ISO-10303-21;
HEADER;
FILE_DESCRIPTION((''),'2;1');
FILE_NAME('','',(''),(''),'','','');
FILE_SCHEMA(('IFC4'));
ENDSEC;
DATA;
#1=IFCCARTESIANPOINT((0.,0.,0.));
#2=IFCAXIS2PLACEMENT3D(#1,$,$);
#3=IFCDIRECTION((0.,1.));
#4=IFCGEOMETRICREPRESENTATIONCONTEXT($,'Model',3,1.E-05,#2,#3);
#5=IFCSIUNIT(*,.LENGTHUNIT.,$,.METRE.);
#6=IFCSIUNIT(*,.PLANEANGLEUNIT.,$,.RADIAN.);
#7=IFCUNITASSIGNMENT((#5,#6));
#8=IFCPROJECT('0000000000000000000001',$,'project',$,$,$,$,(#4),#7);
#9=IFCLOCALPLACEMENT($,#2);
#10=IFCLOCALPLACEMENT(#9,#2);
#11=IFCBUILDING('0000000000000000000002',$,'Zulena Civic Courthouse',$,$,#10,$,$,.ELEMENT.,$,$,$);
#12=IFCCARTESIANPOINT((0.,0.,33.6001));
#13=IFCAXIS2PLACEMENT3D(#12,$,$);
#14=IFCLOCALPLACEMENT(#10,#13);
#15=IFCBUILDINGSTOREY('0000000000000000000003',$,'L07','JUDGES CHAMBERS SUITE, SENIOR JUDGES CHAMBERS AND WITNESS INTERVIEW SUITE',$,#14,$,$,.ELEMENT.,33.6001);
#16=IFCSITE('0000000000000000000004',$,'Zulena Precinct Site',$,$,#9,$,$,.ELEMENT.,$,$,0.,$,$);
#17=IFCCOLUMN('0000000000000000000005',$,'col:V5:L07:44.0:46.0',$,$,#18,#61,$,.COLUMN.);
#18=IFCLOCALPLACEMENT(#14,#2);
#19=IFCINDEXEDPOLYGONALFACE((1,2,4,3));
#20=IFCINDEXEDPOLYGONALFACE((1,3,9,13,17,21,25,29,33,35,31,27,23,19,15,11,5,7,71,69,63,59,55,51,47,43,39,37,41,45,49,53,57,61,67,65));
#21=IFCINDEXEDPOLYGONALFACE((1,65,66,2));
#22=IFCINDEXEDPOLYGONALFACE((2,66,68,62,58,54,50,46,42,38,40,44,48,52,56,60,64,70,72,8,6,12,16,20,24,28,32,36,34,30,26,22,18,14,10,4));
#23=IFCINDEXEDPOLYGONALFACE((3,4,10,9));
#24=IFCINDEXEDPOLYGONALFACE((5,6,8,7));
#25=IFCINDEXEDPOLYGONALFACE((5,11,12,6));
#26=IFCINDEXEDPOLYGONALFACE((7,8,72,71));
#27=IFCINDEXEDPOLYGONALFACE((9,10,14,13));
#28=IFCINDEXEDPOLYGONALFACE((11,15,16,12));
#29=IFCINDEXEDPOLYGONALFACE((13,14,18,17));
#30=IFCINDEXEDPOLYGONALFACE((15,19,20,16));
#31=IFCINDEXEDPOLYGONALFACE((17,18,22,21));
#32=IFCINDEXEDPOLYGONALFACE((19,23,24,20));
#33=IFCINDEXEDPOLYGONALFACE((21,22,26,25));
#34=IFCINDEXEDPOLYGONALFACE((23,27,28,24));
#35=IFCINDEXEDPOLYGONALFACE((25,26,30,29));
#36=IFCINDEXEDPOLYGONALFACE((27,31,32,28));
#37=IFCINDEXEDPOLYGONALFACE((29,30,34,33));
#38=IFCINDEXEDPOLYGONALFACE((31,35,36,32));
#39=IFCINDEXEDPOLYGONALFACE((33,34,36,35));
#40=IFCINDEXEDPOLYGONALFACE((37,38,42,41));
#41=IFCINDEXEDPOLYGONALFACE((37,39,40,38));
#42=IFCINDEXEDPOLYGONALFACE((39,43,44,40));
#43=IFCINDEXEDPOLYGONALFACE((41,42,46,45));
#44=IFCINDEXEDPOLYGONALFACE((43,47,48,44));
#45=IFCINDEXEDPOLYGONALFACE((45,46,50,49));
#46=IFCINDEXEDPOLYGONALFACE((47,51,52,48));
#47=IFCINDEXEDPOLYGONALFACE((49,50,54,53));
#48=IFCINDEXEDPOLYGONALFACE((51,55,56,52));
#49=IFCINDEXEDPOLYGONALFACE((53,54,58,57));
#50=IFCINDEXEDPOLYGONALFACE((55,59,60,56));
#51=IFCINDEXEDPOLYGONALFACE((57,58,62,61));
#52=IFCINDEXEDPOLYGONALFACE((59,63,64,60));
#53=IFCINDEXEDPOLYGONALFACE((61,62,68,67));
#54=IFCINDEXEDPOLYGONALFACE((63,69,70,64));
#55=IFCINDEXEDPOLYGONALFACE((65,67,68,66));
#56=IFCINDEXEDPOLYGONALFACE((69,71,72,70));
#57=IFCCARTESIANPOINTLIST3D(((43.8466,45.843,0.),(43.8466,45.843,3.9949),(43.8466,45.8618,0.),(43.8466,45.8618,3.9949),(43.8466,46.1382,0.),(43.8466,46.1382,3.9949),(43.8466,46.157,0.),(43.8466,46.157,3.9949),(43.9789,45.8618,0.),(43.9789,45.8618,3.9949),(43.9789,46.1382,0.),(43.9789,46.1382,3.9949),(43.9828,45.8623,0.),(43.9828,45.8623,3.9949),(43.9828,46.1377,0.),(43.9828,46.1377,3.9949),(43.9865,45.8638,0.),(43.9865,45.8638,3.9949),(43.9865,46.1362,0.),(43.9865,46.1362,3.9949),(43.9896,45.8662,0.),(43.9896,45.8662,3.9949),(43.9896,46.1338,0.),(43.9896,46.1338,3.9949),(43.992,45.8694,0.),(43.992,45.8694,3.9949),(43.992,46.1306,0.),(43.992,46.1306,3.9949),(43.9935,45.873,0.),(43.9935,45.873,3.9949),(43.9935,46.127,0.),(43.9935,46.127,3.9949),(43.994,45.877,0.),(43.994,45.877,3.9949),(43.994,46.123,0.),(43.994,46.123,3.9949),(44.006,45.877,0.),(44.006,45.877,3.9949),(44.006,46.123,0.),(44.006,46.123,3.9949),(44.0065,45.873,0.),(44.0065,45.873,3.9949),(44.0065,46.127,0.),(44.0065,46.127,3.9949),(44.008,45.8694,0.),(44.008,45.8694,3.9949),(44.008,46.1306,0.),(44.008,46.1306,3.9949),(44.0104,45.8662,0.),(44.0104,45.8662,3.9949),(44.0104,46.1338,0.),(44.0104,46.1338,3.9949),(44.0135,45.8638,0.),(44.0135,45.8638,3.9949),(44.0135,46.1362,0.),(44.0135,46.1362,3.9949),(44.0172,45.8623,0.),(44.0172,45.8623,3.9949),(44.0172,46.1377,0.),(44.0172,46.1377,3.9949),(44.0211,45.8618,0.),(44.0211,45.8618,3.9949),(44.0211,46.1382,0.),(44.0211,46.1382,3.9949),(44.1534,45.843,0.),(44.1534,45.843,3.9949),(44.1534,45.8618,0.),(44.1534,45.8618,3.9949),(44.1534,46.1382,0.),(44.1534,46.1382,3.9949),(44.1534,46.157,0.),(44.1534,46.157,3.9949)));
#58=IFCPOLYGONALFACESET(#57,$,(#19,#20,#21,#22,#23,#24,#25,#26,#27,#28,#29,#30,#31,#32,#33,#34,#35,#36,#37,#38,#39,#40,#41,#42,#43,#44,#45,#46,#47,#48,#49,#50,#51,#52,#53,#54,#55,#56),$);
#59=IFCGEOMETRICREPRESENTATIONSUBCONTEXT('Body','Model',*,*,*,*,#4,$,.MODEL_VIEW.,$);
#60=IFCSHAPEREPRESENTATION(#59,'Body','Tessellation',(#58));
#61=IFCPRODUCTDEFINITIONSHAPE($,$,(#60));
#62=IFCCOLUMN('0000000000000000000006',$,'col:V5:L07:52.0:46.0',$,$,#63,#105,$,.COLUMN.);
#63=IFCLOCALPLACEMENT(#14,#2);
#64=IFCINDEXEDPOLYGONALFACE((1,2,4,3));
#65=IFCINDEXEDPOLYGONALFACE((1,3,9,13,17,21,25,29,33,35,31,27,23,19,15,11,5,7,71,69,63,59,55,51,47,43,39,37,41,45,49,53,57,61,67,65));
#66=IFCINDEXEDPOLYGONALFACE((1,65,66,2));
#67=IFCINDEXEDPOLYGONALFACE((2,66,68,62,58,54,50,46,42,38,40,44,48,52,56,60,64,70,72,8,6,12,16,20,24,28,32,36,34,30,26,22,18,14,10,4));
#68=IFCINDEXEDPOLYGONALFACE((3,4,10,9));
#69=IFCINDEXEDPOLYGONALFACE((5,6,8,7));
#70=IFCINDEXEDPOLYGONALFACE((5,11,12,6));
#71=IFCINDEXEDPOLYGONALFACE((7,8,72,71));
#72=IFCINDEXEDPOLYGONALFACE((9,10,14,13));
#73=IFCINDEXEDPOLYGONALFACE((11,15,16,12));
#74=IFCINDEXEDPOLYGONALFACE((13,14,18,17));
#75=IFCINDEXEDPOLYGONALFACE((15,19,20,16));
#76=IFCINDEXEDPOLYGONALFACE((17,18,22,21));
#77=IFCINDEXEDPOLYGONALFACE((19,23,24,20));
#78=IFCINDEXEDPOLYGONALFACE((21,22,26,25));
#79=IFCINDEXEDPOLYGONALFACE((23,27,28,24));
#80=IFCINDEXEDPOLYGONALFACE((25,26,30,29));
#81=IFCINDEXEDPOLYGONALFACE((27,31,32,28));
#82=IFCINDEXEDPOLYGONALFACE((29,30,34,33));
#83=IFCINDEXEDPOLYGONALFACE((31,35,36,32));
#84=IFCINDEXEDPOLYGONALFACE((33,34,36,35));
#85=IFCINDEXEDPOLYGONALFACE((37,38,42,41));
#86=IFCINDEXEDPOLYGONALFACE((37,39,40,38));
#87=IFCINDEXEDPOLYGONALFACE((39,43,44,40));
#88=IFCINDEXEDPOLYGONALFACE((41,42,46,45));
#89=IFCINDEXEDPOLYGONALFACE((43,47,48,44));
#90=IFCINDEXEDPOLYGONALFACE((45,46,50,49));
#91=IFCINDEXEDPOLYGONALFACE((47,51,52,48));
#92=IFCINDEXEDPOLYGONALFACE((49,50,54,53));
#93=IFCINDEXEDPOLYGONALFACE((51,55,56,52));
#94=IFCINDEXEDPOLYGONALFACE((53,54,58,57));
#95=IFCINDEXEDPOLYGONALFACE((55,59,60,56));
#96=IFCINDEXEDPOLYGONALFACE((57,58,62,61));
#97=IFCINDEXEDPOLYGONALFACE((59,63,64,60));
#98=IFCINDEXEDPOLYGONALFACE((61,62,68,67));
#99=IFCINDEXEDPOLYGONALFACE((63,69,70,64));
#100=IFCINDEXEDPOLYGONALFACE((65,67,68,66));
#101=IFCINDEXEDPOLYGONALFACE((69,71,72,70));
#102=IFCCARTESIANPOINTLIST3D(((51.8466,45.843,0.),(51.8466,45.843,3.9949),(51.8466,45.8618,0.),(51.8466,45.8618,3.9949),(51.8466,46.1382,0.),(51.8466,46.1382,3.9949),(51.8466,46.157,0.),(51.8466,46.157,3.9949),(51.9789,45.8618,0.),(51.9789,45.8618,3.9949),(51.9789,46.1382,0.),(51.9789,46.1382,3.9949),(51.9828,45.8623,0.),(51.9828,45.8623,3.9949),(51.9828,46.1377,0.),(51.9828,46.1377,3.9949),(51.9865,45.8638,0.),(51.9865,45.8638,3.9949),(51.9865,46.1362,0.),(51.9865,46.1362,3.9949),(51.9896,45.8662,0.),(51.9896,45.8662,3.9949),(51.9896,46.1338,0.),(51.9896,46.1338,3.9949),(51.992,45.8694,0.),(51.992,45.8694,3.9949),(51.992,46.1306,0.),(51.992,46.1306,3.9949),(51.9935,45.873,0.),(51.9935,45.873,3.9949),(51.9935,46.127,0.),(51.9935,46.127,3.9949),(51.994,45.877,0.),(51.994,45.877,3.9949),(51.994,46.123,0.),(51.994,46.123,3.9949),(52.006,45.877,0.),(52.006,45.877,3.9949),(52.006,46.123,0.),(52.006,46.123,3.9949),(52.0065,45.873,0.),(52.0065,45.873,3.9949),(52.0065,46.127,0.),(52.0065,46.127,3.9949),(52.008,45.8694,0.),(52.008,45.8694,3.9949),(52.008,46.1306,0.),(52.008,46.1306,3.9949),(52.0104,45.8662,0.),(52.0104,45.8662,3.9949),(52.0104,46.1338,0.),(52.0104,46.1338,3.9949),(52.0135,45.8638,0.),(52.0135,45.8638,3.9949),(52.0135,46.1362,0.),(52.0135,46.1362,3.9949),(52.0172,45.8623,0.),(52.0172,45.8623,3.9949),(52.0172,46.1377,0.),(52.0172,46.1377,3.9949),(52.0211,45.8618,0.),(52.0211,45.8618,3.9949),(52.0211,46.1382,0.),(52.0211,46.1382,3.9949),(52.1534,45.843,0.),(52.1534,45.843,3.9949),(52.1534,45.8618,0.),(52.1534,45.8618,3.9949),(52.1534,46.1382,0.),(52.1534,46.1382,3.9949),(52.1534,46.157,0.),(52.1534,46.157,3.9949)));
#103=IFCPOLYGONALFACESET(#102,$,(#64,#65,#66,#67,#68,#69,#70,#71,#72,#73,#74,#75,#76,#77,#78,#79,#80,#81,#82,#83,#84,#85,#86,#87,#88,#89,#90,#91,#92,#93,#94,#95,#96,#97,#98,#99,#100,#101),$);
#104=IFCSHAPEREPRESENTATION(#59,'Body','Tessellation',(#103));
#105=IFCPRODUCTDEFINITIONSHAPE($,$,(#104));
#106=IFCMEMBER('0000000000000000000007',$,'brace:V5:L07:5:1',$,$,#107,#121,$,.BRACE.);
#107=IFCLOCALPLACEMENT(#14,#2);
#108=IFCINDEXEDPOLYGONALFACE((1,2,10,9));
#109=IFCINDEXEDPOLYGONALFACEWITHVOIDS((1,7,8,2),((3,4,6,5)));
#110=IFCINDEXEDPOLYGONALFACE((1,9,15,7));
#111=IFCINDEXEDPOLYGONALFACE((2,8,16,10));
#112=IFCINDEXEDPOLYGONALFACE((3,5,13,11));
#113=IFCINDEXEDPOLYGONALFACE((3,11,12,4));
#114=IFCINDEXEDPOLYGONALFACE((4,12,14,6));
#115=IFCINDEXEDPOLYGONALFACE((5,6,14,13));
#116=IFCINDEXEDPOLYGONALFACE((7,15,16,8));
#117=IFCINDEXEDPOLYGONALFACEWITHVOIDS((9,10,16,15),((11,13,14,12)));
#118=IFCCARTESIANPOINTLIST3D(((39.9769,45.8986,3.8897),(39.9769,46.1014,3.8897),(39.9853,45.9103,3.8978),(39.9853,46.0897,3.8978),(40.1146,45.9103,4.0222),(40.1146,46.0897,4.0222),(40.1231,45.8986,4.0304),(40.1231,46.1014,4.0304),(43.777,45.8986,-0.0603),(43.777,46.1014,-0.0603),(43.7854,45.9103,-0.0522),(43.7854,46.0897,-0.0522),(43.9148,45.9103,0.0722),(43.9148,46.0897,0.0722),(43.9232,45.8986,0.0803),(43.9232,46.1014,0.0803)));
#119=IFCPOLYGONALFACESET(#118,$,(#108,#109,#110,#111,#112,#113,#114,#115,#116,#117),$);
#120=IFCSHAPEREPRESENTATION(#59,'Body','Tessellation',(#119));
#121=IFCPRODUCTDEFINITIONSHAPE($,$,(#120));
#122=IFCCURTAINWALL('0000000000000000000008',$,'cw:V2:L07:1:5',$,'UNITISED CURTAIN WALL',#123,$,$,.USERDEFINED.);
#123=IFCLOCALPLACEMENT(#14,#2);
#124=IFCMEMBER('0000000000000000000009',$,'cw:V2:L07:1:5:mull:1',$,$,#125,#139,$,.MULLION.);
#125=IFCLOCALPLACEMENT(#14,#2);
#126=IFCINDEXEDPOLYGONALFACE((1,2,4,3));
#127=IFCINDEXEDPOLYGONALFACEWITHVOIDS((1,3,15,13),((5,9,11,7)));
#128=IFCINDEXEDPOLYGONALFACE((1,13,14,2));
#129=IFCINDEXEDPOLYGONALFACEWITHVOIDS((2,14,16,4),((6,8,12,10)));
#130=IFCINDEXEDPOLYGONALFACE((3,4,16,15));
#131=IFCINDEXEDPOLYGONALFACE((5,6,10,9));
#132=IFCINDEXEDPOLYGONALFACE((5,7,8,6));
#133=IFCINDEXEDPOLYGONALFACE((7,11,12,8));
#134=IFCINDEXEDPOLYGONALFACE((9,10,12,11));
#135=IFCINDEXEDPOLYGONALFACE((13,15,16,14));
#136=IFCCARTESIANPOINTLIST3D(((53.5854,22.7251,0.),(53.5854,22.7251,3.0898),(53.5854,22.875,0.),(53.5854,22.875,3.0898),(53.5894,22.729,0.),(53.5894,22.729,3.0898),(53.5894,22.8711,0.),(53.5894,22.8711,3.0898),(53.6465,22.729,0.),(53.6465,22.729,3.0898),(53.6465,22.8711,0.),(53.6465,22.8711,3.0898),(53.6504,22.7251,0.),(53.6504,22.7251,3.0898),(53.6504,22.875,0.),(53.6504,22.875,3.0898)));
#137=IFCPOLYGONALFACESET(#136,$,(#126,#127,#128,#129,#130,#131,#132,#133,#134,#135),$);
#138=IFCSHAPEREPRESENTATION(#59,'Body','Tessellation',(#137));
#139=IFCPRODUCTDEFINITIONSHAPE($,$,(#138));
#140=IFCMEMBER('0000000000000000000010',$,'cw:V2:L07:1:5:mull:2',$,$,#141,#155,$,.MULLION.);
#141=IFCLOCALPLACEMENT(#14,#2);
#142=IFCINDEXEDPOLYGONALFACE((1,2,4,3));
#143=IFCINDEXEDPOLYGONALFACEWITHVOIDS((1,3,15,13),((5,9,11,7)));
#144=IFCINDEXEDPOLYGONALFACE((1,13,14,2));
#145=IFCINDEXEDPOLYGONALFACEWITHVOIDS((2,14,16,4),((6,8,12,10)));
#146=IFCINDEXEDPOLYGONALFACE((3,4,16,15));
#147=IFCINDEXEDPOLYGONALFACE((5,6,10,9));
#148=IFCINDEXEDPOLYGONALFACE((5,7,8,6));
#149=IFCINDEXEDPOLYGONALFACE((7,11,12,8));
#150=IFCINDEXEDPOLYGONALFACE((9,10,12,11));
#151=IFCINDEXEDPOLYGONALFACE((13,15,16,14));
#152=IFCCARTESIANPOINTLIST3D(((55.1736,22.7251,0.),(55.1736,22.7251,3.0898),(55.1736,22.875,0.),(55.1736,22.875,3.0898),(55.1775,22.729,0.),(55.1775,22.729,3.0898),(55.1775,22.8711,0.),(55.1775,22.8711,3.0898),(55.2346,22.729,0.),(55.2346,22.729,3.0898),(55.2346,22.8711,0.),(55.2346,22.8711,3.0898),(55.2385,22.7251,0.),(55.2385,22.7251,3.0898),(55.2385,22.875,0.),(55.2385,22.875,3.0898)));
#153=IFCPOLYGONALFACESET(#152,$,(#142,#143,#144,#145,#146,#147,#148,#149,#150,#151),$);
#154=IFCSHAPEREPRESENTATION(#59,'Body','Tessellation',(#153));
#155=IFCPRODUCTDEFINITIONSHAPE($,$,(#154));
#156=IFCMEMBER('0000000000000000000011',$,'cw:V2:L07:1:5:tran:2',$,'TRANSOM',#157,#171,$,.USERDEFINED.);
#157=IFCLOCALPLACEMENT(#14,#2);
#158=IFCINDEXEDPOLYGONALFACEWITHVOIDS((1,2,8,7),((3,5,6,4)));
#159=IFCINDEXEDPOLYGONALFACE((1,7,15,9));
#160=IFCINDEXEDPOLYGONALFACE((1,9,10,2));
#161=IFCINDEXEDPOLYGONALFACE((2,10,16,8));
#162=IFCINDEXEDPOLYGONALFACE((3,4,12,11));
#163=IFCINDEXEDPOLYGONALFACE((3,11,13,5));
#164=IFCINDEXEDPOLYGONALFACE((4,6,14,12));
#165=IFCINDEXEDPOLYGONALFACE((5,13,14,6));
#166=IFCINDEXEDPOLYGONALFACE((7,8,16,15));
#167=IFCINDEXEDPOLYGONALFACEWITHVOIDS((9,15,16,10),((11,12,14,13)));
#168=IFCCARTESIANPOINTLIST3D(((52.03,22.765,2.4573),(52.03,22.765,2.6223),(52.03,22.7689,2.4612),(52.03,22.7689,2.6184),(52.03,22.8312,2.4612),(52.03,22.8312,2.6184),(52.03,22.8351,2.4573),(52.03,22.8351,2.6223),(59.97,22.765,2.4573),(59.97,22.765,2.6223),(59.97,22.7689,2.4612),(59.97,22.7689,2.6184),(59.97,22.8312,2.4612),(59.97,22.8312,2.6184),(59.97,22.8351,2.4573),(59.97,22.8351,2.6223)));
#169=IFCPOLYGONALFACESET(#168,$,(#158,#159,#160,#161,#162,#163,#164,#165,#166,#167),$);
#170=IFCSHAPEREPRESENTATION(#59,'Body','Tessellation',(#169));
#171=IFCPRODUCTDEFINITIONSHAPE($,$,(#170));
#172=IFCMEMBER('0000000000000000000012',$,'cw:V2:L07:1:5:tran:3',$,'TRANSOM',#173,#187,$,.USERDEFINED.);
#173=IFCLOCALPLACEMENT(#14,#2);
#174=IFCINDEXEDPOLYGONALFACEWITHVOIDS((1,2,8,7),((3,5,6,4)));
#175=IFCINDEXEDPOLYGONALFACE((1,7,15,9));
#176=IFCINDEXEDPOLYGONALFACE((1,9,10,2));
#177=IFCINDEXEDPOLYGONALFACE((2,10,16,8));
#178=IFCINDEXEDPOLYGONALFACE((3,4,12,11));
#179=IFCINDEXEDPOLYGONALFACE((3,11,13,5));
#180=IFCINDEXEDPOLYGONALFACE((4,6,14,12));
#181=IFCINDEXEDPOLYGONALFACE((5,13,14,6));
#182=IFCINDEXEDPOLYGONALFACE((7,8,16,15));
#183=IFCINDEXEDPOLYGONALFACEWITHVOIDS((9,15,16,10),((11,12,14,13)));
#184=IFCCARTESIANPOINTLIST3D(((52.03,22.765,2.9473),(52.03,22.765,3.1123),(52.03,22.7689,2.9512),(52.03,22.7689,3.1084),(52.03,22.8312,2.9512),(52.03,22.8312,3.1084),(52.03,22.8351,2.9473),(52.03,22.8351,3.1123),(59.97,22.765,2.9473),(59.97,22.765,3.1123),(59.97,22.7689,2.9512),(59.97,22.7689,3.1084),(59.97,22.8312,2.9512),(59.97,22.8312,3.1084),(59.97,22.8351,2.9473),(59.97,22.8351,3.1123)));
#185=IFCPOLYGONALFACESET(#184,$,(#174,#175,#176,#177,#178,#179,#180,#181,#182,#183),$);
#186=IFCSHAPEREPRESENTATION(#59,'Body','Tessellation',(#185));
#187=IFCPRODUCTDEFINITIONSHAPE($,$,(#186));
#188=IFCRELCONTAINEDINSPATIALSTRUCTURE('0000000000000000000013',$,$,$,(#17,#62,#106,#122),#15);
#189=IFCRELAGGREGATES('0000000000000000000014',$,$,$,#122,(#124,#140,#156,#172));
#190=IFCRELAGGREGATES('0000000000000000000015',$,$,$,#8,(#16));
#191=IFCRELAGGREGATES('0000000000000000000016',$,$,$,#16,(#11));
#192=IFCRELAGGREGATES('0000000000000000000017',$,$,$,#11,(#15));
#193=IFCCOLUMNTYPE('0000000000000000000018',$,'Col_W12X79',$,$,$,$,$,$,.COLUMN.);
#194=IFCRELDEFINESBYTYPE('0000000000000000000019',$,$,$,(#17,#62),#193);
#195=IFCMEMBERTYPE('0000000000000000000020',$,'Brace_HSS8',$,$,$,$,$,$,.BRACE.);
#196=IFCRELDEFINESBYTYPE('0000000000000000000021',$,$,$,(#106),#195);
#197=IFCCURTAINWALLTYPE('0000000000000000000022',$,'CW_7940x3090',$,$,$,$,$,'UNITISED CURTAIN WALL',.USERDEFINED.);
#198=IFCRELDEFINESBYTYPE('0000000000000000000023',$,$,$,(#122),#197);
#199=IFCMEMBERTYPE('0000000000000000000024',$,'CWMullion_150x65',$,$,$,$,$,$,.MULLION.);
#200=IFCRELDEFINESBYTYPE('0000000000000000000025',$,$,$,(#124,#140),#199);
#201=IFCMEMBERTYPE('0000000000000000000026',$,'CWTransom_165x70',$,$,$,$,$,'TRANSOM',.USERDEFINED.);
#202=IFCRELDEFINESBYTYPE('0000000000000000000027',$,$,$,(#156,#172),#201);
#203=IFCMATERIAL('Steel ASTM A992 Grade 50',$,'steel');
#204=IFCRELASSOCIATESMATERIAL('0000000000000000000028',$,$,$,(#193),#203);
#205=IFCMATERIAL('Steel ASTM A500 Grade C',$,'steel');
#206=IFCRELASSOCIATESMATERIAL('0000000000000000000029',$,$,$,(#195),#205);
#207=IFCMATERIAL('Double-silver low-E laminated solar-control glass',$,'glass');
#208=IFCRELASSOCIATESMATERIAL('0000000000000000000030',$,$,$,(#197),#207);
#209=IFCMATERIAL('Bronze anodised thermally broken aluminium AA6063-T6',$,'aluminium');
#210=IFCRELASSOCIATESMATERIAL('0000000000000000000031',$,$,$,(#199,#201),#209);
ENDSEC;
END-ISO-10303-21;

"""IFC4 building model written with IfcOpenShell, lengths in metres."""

from ifc_helpers import new_model, si_unit, direction, frame, origin, origin_2d, place, context, subcontext, project, spatial, hollow_rectangle, i_section, extrude, material, material_profile, profile_set, type_object, element, aggregate, save


model = new_model("IFC4")

# Units and contexts
model_context = context("Model", 3, precision=1e-05, world=origin(), true_north=direction((0.0, 1.0)))
body_context = subcontext(model_context, "Body", "Model", "MODEL_VIEW")
ifc_project = project(units=[si_unit("LENGTHUNIT", "METRE"), si_unit("PLANEANGLEUNIT", "RADIAN")], contexts=[model_context])

# Site, building, storey
site_placement = place(None, origin())
site = spatial("IfcSite", under=ifc_project, at=site_placement, Name="Zulena Precinct Site", CompositionType="ELEMENT", RefElevation=0.0)
building_placement = place(site_placement, origin())
building = spatial("IfcBuilding", under=site, at=building_placement, Name="Zulena Civic Courthouse", CompositionType="ELEMENT")
storey_placement = place(building_placement, frame((0.0, 0.0, 33.6001)))
storey = spatial("IfcBuildingStorey", under=building, at=storey_placement, Name="L07", Description="JUDGES CHAMBERS SUITE, SENIOR JUDGES CHAMBERS AND WITNESS INTERVIEW SUITE", CompositionType="ELEMENT", Elevation=33.6001)

# Columns
ifc_material_1 = material(Name="Steel ASTM A992 Grade 50", Category="steel")
ifc_material_profile_1 = material_profile(ifc_material_1, i_section(OverallWidth=0.3069, OverallDepth=0.314, WebThickness=0.012, FlangeThickness=0.0188, FilletRadius=0.0151, at=origin_2d()), Name="W12X79")
ifc_profile_set_1 = profile_set([ifc_material_profile_1], Name="Steel ASTM A992 Grade 50")
column_type = type_object("IfcColumnType", Name="Col_W12X79", PredefinedType="COLUMN", material=ifc_profile_set_1)
for number, where, z_axis, x_axis, name in (
    (1, (44.0, 46.0, 0.0), (0.0, 0.0, 1.0), (1.0, 0.0, 0.0), "col:V5:L07:44.0:46.0"),
    (2, (52.0, 46.0, 0.0), (0.0, 0.0, 1.0), (1.0, 0.0, 0.0), "col:V5:L07:52.0:46.0"),
):
    element("IfcColumn", number, at=place(storey_placement, frame(where, z_axis=z_axis, x_axis=x_axis)), inside=storey, type_object=column_type, Name=name, PredefinedType="COLUMN", context=body_context, shape_type="SweptSolid", body=[
        extrude(i_section(OverallWidth=0.3069, OverallDepth=0.314, WebThickness=0.012, FlangeThickness=0.0188, FilletRadius=0.0151, at=origin_2d()), origin(), (0.0, 0.0, 1.0), 3.9949),
    ])

# Member
ifc_material_2 = material(Name="Steel ASTM A500 Grade C", Category="steel")
ifc_material_profile_2 = material_profile(ifc_material_2, hollow_rectangle(XDim=0.2029, YDim=0.2029, WallThickness=0.0117, at=origin_2d()), Name="HSS8X8X1/2")
ifc_profile_set_2 = profile_set([ifc_material_profile_2], Name="Steel ASTM A500 Grade C")
member_type_1 = type_object("IfcMemberType", Name="Brace_HSS8", PredefinedType="BRACE", material=ifc_profile_set_2)
member_1_placement = place(storey_placement, frame((43.8501, 46.0, 0.01), z_axis=(-0.6933, 0.0, 0.720649), x_axis=(0.0, -1.0, 0.0)))
element("IfcMember", 3, at=member_1_placement, inside=storey, type_object=member_type_1, Name="brace:V5:L07:5:1", PredefinedType="BRACE", context=body_context, shape_type="SweptSolid", body=[
    extrude(hollow_rectangle(XDim=0.2029, YDim=0.2029, WallThickness=0.0117, at=origin_2d()), origin(), (0.0, 0.0, 1.0), 5.4812),
])

# Curtain wall, members
ifc_material_3 = material(Name="Double-silver low-E laminated solar-control glass", Category="glass")
curtain_wall_type = type_object("IfcCurtainWallType", Name="CW_7940x3090", ElementType="UNITISED CURTAIN WALL", PredefinedType="USERDEFINED", material=ifc_material_3)
curtain_wall_placement = place(storey_placement, origin())
curtain_wall = element("IfcCurtainWall", 4, at=curtain_wall_placement, inside=storey, type_object=curtain_wall_type, Name="cw:V2:L07:1:5", ObjectType="UNITISED CURTAIN WALL", PredefinedType="USERDEFINED")
ifc_material_4 = material(Name="Bronze anodised thermally broken aluminium AA6063-T6", Category="aluminium")
ifc_material_profile_3 = material_profile(ifc_material_4, hollow_rectangle(XDim=0.0649, YDim=0.1499, WallThickness=0.0039, at=origin_2d()), Name="CWM150X65X4")
ifc_profile_set_3 = profile_set([ifc_material_profile_3], Name="Bronze anodised thermally broken aluminium AA6063-T6")
member_type_2 = type_object("IfcMemberType", Name="CWMullion_150x65", PredefinedType="MULLION", material=ifc_profile_set_3)
member_2_placement = place(storey_placement, frame((53.6179, 22.8, 0.0), z_axis=(0.0, 0.0, 1.0), x_axis=(1.0, 0.0, 0.0)))
member_2 = element("IfcMember", 5, at=member_2_placement, type_object=member_type_2, Name="cw:V2:L07:1:5:mull:1", PredefinedType="MULLION", context=body_context, shape_type="SweptSolid", body=[
    extrude(hollow_rectangle(XDim=0.0649, YDim=0.1499, WallThickness=0.0039, at=origin_2d()), origin(), (0.0, 0.0, 1.0), 3.0898),
])
member_3_placement = place(storey_placement, frame((55.2061, 22.8, 0.0), z_axis=(0.0, 0.0, 1.0), x_axis=(1.0, 0.0, 0.0)))
member_3 = element("IfcMember", 6, at=member_3_placement, type_object=member_type_2, Name="cw:V2:L07:1:5:mull:2", PredefinedType="MULLION", context=body_context, shape_type="SweptSolid", body=[
    extrude(hollow_rectangle(XDim=0.0649, YDim=0.1499, WallThickness=0.0039, at=origin_2d()), origin(), (0.0, 0.0, 1.0), 3.0898),
])
ifc_material_profile_4 = material_profile(ifc_material_4, hollow_rectangle(XDim=0.0701, YDim=0.165, WallThickness=0.0039, at=origin_2d()), Name="CWT165X70X4")
ifc_profile_set_4 = profile_set([ifc_material_profile_4], Name="Bronze anodised thermally broken aluminium AA6063-T6")
member_type_3 = type_object("IfcMemberType", Name="CWTransom_165x70", ElementType="TRANSOM", PredefinedType="USERDEFINED", material=ifc_profile_set_4)
member_4_placement = place(storey_placement, frame((52.03, 22.8, 2.5398), z_axis=(1.0, 0.0, 0.0), x_axis=(0.0, 1.0, 0.0)))
member_4 = element("IfcMember", 7, at=member_4_placement, type_object=member_type_3, Name="cw:V2:L07:1:5:tran:2", ObjectType="TRANSOM", PredefinedType="USERDEFINED", context=body_context, shape_type="SweptSolid", body=[
    extrude(hollow_rectangle(XDim=0.0701, YDim=0.165, WallThickness=0.0039, at=origin_2d()), origin(), (0.0, 0.0, 1.0), 7.9399),
])
member_5_placement = place(storey_placement, frame((52.03, 22.8, 3.0298), z_axis=(1.0, 0.0, 0.0), x_axis=(0.0, 1.0, 0.0)))
member_5 = element("IfcMember", 8, at=member_5_placement, type_object=member_type_3, Name="cw:V2:L07:1:5:tran:3", ObjectType="TRANSOM", PredefinedType="USERDEFINED", context=body_context, shape_type="SweptSolid", body=[
    extrude(hollow_rectangle(XDim=0.0701, YDim=0.165, WallThickness=0.0039, at=origin_2d()), origin(), (0.0, 0.0, 1.0), 7.9399),
])

aggregate(curtain_wall, [member_2, member_3, member_4, member_5])

save(model, "model.ifc")
